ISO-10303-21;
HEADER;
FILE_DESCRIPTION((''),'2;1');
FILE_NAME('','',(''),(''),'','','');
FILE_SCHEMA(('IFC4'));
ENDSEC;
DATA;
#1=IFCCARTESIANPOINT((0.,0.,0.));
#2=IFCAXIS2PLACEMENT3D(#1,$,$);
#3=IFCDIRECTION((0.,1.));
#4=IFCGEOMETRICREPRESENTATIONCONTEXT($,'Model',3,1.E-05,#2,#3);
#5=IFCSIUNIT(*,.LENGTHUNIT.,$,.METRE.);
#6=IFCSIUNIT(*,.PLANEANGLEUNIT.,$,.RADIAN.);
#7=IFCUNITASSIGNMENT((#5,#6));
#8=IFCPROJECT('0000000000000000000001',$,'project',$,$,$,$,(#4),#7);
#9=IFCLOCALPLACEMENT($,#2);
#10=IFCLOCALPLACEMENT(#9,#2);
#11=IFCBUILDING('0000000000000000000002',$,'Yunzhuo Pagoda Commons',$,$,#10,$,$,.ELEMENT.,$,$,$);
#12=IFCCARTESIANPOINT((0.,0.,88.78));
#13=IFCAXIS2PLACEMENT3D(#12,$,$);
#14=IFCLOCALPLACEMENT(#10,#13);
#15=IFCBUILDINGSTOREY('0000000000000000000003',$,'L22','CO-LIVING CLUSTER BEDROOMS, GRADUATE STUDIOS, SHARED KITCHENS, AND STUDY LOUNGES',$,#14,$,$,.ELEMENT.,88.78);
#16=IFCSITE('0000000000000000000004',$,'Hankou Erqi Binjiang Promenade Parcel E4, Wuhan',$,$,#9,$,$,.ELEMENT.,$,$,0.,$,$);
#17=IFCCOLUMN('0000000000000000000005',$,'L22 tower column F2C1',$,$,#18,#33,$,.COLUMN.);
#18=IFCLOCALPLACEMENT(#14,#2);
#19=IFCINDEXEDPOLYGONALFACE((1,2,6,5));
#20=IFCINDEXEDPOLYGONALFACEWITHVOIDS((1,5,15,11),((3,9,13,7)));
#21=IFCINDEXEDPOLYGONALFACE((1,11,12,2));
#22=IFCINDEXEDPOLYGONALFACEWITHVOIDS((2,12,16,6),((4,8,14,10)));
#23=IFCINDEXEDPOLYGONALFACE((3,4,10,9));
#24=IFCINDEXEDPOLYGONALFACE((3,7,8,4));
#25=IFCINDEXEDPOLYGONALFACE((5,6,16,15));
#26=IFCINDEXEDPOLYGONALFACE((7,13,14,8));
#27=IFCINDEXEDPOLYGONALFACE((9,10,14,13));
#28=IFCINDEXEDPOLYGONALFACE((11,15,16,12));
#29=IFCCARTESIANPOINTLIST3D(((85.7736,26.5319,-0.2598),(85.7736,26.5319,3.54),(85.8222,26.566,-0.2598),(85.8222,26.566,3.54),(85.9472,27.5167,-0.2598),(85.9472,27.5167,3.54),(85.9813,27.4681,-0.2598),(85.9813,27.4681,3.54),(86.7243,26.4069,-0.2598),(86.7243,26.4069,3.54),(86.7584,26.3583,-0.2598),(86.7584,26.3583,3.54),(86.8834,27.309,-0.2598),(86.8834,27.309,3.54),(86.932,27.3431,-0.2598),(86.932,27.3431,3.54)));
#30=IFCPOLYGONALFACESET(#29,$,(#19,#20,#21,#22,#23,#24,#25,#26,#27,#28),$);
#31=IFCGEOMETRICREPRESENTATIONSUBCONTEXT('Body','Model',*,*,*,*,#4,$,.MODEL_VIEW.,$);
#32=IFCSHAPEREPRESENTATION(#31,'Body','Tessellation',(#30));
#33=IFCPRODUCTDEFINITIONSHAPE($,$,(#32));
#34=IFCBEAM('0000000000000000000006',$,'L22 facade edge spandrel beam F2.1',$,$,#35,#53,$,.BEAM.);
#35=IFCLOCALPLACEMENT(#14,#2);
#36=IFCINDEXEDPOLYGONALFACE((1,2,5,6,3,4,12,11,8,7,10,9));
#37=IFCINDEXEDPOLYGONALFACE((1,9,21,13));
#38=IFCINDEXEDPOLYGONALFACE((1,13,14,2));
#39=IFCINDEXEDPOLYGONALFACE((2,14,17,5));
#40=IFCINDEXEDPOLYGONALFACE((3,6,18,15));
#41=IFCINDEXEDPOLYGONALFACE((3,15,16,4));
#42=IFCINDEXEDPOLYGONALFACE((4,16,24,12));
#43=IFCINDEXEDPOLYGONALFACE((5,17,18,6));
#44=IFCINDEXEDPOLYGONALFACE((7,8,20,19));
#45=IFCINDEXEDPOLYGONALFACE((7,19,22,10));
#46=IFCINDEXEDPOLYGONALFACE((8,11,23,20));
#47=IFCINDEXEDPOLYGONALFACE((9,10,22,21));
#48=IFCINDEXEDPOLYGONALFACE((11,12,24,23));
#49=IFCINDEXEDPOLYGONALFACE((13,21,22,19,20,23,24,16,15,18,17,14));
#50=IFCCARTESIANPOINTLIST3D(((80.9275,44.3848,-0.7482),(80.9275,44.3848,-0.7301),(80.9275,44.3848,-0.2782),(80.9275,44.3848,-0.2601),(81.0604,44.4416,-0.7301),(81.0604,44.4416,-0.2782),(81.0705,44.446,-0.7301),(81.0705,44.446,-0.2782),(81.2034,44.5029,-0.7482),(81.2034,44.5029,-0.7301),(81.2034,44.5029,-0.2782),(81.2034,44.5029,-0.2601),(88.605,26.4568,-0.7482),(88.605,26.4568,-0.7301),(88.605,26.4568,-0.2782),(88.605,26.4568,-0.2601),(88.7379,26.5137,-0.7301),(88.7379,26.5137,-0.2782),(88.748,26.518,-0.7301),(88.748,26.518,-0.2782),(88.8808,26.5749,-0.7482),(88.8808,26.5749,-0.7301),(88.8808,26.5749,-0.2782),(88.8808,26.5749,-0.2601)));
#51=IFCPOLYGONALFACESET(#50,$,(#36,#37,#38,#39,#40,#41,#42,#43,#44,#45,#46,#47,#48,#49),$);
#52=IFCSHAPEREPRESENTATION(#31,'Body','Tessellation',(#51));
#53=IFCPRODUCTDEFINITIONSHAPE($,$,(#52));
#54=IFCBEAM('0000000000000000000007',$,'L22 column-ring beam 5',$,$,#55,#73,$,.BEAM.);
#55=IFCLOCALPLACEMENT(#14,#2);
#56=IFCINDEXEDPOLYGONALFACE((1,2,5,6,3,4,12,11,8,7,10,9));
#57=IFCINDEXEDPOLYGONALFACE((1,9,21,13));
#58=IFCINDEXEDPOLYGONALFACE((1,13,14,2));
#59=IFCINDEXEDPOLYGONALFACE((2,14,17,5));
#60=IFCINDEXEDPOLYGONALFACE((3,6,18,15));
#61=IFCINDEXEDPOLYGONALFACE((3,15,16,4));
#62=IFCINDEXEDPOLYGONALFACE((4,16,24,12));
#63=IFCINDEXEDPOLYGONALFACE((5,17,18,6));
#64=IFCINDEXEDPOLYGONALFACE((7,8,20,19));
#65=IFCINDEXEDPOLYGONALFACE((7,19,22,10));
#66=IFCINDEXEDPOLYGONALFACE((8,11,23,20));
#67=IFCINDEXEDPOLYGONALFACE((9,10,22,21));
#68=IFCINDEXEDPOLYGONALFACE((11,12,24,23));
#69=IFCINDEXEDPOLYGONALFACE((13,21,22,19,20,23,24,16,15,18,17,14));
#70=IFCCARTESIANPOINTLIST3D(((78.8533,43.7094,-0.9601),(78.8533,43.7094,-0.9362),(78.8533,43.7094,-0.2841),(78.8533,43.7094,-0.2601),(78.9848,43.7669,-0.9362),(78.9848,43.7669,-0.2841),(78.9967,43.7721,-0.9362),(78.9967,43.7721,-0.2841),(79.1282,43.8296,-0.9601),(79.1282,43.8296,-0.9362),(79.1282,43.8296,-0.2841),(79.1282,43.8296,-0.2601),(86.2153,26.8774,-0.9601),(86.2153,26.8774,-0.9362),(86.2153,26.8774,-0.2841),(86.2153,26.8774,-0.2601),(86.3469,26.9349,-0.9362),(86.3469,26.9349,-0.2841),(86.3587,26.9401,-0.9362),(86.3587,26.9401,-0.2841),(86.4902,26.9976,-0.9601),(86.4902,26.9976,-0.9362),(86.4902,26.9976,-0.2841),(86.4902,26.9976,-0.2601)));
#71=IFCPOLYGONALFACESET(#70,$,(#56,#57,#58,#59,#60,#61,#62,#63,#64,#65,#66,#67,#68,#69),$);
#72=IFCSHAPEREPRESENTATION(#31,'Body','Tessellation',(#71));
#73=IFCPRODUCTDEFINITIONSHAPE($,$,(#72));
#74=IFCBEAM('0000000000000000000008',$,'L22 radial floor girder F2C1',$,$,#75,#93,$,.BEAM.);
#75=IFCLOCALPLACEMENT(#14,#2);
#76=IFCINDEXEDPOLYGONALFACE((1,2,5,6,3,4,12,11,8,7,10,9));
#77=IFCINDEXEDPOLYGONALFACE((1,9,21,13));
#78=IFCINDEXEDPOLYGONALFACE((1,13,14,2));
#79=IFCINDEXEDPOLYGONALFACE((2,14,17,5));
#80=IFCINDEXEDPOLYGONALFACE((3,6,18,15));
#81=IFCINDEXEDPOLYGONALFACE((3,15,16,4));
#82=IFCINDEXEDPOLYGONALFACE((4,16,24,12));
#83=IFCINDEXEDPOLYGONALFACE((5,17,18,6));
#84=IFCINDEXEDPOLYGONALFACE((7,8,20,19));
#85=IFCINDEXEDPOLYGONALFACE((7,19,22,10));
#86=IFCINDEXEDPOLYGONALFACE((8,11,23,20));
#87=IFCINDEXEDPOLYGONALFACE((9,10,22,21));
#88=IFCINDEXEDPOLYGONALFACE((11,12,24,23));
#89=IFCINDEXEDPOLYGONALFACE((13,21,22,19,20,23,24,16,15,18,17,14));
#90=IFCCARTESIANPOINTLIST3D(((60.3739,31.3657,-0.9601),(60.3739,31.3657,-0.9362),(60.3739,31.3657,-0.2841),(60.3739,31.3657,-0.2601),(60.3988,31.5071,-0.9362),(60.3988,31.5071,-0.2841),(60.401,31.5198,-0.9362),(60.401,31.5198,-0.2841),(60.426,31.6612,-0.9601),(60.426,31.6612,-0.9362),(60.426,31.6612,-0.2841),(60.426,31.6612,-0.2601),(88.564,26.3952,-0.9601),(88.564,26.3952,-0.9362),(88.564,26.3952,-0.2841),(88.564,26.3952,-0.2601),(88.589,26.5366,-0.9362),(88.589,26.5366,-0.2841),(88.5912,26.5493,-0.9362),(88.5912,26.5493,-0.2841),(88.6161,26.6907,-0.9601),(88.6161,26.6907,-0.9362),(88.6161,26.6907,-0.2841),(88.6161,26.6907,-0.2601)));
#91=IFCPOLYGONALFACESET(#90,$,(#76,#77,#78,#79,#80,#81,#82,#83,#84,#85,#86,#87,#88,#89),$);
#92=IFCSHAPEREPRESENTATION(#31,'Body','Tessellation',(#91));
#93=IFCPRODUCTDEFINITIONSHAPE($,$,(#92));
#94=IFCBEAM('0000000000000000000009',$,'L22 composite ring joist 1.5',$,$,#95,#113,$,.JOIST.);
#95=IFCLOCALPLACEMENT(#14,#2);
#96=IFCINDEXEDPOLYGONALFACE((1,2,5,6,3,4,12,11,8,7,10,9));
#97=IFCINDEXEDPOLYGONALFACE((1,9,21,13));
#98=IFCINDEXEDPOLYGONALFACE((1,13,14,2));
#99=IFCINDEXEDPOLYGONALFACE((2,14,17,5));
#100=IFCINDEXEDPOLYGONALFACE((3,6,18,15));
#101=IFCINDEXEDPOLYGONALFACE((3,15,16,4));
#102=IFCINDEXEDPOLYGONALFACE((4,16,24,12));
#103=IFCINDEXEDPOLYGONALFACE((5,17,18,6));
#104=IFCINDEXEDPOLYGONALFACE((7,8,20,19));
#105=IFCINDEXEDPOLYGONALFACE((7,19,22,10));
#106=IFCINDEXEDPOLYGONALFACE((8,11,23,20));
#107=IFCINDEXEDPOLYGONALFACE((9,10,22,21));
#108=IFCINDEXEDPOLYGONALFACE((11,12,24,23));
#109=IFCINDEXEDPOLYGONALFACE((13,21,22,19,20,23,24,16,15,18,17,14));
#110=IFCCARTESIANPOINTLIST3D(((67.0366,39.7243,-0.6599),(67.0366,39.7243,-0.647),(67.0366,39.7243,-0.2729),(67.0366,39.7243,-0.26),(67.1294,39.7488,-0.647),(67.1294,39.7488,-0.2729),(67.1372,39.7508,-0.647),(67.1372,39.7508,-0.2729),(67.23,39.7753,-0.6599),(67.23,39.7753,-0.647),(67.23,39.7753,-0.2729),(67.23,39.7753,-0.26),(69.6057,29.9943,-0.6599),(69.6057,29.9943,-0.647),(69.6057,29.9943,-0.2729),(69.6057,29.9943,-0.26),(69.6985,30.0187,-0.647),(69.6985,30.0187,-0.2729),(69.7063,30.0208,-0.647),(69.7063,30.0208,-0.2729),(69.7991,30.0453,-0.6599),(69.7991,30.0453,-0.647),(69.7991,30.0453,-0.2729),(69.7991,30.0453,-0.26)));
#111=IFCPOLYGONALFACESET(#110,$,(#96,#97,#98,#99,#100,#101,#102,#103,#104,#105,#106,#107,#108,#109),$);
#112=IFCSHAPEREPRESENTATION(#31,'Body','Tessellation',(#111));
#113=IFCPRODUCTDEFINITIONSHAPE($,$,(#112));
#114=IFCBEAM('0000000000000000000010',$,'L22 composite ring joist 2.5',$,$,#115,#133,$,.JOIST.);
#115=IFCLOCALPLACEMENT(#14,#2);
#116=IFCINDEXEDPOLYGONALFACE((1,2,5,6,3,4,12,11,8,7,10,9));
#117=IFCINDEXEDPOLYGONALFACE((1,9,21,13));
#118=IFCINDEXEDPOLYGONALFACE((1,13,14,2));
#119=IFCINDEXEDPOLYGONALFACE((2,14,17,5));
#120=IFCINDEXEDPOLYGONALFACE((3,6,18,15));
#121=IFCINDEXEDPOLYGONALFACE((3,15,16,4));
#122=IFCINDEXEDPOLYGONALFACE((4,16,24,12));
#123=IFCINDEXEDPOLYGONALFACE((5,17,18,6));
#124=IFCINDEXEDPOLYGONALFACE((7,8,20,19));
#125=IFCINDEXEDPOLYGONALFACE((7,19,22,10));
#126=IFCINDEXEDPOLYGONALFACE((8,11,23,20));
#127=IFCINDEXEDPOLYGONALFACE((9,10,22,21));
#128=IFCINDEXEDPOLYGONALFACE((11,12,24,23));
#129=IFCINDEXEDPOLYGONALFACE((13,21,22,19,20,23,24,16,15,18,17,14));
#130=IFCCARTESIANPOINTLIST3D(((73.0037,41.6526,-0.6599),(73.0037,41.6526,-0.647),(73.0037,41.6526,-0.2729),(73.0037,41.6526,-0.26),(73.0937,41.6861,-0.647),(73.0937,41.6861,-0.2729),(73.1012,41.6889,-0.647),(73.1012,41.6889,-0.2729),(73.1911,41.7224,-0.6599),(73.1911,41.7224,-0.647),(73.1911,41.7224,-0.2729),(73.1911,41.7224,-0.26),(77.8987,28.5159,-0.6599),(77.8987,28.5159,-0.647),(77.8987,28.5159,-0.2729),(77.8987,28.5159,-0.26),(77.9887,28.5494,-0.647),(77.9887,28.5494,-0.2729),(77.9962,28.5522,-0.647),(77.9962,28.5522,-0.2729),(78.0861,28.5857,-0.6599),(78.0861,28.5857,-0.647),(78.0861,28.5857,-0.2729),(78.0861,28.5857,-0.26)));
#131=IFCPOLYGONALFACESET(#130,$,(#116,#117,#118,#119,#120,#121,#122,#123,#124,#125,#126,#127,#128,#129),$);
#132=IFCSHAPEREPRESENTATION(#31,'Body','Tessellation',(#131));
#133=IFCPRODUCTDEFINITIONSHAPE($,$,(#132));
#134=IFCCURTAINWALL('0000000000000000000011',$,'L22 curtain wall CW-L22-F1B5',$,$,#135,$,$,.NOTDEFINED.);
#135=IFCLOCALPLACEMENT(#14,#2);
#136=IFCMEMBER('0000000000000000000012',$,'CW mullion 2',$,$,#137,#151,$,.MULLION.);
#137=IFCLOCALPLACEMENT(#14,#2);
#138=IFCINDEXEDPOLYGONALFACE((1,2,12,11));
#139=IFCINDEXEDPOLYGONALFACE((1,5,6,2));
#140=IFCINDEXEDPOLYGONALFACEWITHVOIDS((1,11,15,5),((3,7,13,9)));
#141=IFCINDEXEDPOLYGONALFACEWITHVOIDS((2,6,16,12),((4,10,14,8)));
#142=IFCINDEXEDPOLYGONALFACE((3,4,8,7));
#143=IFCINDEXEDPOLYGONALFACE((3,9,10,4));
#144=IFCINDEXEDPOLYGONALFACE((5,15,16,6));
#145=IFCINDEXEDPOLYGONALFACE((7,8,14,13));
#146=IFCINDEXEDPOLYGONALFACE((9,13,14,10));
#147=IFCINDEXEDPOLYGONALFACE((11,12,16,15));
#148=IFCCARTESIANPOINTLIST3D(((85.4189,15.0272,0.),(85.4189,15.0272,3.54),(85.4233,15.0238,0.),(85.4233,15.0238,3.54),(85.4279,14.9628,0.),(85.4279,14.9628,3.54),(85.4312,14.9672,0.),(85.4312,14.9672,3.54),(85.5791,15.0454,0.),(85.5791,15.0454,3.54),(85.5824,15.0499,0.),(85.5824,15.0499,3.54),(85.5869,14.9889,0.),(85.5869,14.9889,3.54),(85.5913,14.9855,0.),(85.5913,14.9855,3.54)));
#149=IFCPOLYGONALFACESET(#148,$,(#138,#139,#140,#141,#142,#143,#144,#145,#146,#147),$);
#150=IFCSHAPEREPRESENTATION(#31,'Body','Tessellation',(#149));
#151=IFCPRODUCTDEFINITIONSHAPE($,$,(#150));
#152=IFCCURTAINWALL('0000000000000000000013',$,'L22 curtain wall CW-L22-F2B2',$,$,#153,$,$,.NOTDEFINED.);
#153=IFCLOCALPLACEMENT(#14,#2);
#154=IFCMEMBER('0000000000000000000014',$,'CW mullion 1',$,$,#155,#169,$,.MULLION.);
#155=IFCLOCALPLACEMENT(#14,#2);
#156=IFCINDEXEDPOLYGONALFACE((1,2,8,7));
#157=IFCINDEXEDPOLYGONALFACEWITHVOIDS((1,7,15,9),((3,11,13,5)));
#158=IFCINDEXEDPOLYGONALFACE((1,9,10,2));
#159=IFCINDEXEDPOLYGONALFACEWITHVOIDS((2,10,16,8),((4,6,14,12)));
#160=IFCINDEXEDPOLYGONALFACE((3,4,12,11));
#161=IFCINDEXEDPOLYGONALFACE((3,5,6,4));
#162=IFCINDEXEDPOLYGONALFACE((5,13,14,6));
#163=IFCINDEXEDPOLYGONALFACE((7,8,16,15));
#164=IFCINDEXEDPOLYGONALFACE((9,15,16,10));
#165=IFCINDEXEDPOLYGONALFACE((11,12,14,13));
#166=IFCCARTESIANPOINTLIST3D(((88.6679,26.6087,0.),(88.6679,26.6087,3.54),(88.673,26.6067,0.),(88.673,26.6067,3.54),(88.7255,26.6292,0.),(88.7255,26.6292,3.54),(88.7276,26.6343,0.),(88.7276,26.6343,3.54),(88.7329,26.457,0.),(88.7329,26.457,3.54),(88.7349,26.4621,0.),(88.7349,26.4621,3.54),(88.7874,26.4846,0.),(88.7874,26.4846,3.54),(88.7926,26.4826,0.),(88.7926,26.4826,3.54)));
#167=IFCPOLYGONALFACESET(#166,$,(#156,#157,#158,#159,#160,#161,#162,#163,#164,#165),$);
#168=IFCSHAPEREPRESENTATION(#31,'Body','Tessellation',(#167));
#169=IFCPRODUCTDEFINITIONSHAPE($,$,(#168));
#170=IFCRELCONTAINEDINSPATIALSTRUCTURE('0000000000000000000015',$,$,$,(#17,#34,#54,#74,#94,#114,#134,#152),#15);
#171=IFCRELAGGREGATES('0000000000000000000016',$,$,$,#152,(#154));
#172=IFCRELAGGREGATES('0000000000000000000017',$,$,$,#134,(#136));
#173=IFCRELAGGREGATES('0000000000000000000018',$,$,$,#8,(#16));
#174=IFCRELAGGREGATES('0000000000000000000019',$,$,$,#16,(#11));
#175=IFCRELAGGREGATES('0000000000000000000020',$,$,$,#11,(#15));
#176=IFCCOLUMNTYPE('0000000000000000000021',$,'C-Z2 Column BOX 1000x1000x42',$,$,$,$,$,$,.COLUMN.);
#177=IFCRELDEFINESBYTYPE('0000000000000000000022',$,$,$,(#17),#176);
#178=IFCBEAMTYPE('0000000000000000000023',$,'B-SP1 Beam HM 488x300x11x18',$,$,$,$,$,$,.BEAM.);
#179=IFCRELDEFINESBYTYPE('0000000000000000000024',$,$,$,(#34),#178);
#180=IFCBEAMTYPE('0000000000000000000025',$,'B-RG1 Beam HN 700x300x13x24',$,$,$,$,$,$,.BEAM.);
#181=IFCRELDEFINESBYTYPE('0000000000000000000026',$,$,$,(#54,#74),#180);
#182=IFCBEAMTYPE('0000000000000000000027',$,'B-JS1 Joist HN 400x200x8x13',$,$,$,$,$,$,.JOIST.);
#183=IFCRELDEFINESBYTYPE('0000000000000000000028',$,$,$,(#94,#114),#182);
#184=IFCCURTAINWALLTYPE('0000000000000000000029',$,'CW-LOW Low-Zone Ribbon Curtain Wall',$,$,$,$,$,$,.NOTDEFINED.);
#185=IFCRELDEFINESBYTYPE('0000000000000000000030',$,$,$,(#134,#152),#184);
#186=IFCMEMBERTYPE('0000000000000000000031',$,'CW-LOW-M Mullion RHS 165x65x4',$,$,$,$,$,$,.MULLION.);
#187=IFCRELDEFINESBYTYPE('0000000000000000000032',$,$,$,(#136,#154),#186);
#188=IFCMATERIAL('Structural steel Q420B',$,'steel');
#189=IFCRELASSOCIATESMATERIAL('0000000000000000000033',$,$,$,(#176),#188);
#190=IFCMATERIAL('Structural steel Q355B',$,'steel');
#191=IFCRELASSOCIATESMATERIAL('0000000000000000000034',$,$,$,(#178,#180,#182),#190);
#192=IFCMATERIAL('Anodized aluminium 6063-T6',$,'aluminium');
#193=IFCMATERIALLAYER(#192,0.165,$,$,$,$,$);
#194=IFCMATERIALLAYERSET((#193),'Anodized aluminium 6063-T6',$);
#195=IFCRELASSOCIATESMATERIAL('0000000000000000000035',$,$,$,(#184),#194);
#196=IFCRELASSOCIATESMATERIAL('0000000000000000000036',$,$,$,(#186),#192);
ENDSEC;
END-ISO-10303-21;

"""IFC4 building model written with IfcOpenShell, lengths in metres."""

from ifc_helpers import new_model, si_unit, direction, frame, origin, origin_2d, place, context, subcontext, project, spatial, hollow_rectangle, i_section, extrude, source, transform, mapped, material, layer, layer_set, material_profile, profile_set, type_object, element, aggregate, save


model = new_model("IFC4")

# Units and contexts
model_context = context("Model", 3, precision=1e-05, world=origin(), true_north=direction((0.0, 1.0)))
body_context = subcontext(model_context, "Body", "Model", "MODEL_VIEW")
ifc_project = project(units=[si_unit("LENGTHUNIT", "METRE"), si_unit("PLANEANGLEUNIT", "RADIAN")], contexts=[model_context])

# Site, building, storey
site_placement = place(None, origin())
site = spatial("IfcSite", under=ifc_project, at=site_placement, Name="Hankou Erqi Binjiang Promenade Parcel E4, Wuhan", CompositionType="ELEMENT", RefElevation=0.0)
building_placement = place(site_placement, origin())
building = spatial("IfcBuilding", under=site, at=building_placement, Name="Yunzhuo Pagoda Commons", CompositionType="ELEMENT")
storey_placement = place(building_placement, frame((0.0, 0.0, 88.78)))
storey = spatial("IfcBuildingStorey", under=building, at=storey_placement, Name="L22", Description="CO-LIVING CLUSTER BEDROOMS, GRADUATE STUDIOS, SHARED KITCHENS, AND STUDY LOUNGES", CompositionType="ELEMENT", Elevation=88.78)

# Column
ifc_material_1 = material(Name="Structural steel Q420B", Category="steel")
ifc_material_profile_1 = material_profile(ifc_material_1, hollow_rectangle(XDim=1.0, YDim=1.0, WallThickness=0.042, at=origin_2d()), Name="Structural steel Q420B")
ifc_profile_set_1 = profile_set([ifc_material_profile_1], Name="Structural steel Q420B")
column_type = type_object("IfcColumnType", Name="C-Z2 Column BOX 1000x1000x42", PredefinedType="COLUMN", material=ifc_profile_set_1)
shared_shape_1 = source(origin(), body_context, "Body", "SweptSolid", [
    extrude(hollow_rectangle(XDim=1.0, YDim=1.0, WallThickness=0.042, at=origin_2d()), origin(), (0.0, 0.0, 1.0), 3.7998),
])
column_placement = place(storey_placement, frame((86.3528, 26.9375, -0.2598), z_axis=(0.0, 0.0, 1.0), x_axis=(0.173648, 0.984808, 0.0)))
element("IfcColumn", 1, at=column_placement, inside=storey, type_object=column_type, Name="L22 tower column F2C1", PredefinedType="COLUMN", context=body_context, shape_type="MappedRepresentation", body=[
    mapped(shared_shape_1, transform((0.0, 0.0, 0.0), scale=1.0)),
])

# Beams
ifc_material_2 = material(Name="Structural steel Q355B", Category="steel")
ifc_material_profile_2 = material_profile(ifc_material_2, i_section(OverallWidth=0.3, OverallDepth=0.488, WebThickness=0.011, FlangeThickness=0.0181, at=origin_2d()), Name="Structural steel Q355B")
ifc_profile_set_2 = profile_set([ifc_material_profile_2], Name="Structural steel Q355B")
beam_type_1 = type_object("IfcBeamType", Name="B-SP1 Beam HM 488x300x11x18", PredefinedType="BEAM", material=ifc_profile_set_2)
shared_shape_2 = source(origin(), body_context, "Body", "SweptSolid", [
    extrude(i_section(OverallWidth=0.3, OverallDepth=0.488, WebThickness=0.011, FlangeThickness=0.0181, at=origin_2d()), origin(), (0.0, 0.0, 1.0), 19.5027),
])
beam_1_placement = place(storey_placement, frame((88.7429, 26.5159, -0.5042), z_axis=(-0.393662, 0.919255, 0.0), x_axis=(-0.919255, -0.393662, 0.0)))
element("IfcBeam", 2, at=beam_1_placement, inside=storey, type_object=beam_type_1, Name="L22 facade edge spandrel beam F2.1", PredefinedType="BEAM", context=body_context, shape_type="MappedRepresentation", body=[
    mapped(shared_shape_2, transform((0.0, 0.0, 0.0), scale=1.0)),
])
ifc_material_profile_3 = material_profile(ifc_material_2, i_section(OverallWidth=0.3, OverallDepth=0.7, WebThickness=0.0129, FlangeThickness=0.0239, at=origin_2d()), Name="Structural steel Q355B")
ifc_profile_set_3 = profile_set([ifc_material_profile_3], Name="Structural steel Q355B")
beam_type_2 = type_object("IfcBeamType", Name="B-RG1 Beam HN 700x300x13x24", PredefinedType="BEAM", material=ifc_profile_set_3)
shared_shape_3 = source(origin(), body_context, "Body", "SweptSolid", [
    extrude(i_section(OverallWidth=0.3, OverallDepth=0.7, WebThickness=0.0129, FlangeThickness=0.0239, at=origin_2d()), origin(), (0.0, 0.0, 1.0), 18.3716),
])
beam_2_placement = place(storey_placement, frame((86.3528, 26.9375, -0.6101), z_axis=(-0.40073, 0.916196, 0.0), x_axis=(-0.916196, -0.40073, 0.0)))
element("IfcBeam", 3, at=beam_2_placement, inside=storey, type_object=beam_type_2, Name="L22 column-ring beam 5", PredefinedType="BEAM", context=body_context, shape_type="MappedRepresentation", body=[
    mapped(shared_shape_3, transform((0.0, 0.0, 0.0), scale=1.0)),
])
shared_shape_4 = source(origin(), body_context, "Body", "SweptSolid", [
    extrude(i_section(OverallWidth=0.3, OverallDepth=0.7, WebThickness=0.0129, FlangeThickness=0.0239, at=origin_2d()), origin(), (0.0, 0.0, 1.0), 28.625),
])
beam_3_placement = place(storey_placement, frame((88.5901, 26.543, -0.6101), z_axis=(-0.984809, 0.17364, 0.0), x_axis=(-0.17364, -0.984809, 0.0)))
element("IfcBeam", 4, at=beam_3_placement, inside=storey, type_object=beam_type_2, Name="L22 radial floor girder F2C1", PredefinedType="BEAM", context=body_context, shape_type="MappedRepresentation", body=[
    mapped(shared_shape_4, transform((0.0, 0.0, 0.0), scale=1.0)),
])
ifc_material_profile_4 = material_profile(ifc_material_2, i_section(OverallWidth=0.2, OverallDepth=0.3999, WebThickness=0.0081, FlangeThickness=0.0129, at=origin_2d()), Name="Structural steel Q355B")
ifc_profile_set_4 = profile_set([ifc_material_profile_4], Name="Structural steel Q355B")
beam_type_3 = type_object("IfcBeamType", Name="B-JS1 Joist HN 400x200x8x13", PredefinedType="JOIST", material=ifc_profile_set_4)
shared_shape_5 = source(origin(), body_context, "Body", "SweptSolid", [
    extrude(i_section(OverallWidth=0.2, OverallDepth=0.3999, WebThickness=0.0081, FlangeThickness=0.0129, at=origin_2d()), origin(), (0.0, 0.0, 1.0), 10.0635),
])
beam_4_placement = place(storey_placement, frame((69.7024, 30.0198, -0.46), z_axis=(-0.25529, 0.966865, 0.0), x_axis=(-0.966865, -0.25529, 0.0)))
element("IfcBeam", 5, at=beam_4_placement, inside=storey, type_object=beam_type_3, Name="L22 composite ring joist 1.5", PredefinedType="JOIST", context=body_context, shape_type="MappedRepresentation", body=[
    mapped(shared_shape_5, transform((0.0, 0.0, 0.0), scale=1.0)),
])
shared_shape_6 = source(origin(), body_context, "Body", "SweptSolid", [
    extrude(i_section(OverallWidth=0.2, OverallDepth=0.3999, WebThickness=0.0081, FlangeThickness=0.0129, at=origin_2d()), origin(), (0.0, 0.0, 1.0), 14.019),
])
beam_5_placement = place(storey_placement, frame((77.9924, 28.5508, -0.46), z_axis=(-0.349168, 0.93706, 0.0), x_axis=(-0.93706, -0.349168, 0.0)))
element("IfcBeam", 6, at=beam_5_placement, inside=storey, type_object=beam_type_3, Name="L22 composite ring joist 2.5", PredefinedType="JOIST", context=body_context, shape_type="MappedRepresentation", body=[
    mapped(shared_shape_6, transform((0.0, 0.0, 0.0), scale=1.0)),
])

# Curtain walls, members
ifc_material_3 = material(Name="Anodized aluminium 6063-T6", Category="aluminium")
ifc_layer_1 = layer(ifc_material_3, 0.165)
ifc_layer_set_1 = layer_set([ifc_layer_1], Name="Anodized aluminium 6063-T6")
curtain_wall_type = type_object("IfcCurtainWallType", Name="CW-LOW Low-Zone Ribbon Curtain Wall", PredefinedType="NOTDEFINED", material=ifc_layer_set_1)
curtain_wall_1_placement = place(storey_placement, origin())
curtain_wall_1 = element("IfcCurtainWall", 7, at=curtain_wall_1_placement, inside=storey, type_object=curtain_wall_type, Name="L22 curtain wall CW-L22-F1B5", PredefinedType="NOTDEFINED")
ifc_material_profile_5 = material_profile(ifc_material_3, hollow_rectangle(XDim=0.0649, YDim=0.165, WallThickness=0.0039, at=origin_2d()), Name="Anodized aluminium 6063-T6")
ifc_profile_set_5 = profile_set([ifc_material_profile_5], Name="Anodized aluminium 6063-T6")
member_type_1 = type_object("IfcMemberType", Name="CW-LOW-M Mullion RHS 165x65x4", PredefinedType="MULLION", material=ifc_profile_set_5)
shared_shape_7 = source(origin(), body_context, "Body", "SweptSolid", [
    extrude(hollow_rectangle(XDim=0.0649, YDim=0.165, WallThickness=0.0039, at=origin_2d()), origin(), (0.0, 0.0, 1.0), 3.54),
])
member_1_placement = place(storey_placement, frame((85.5051, 15.0063, 0.0), z_axis=(0.0, 0.0, 1.0), x_axis=(-0.137496, 0.990502, 0.0)))
member_1 = element("IfcMember", 8, at=member_1_placement, type_object=member_type_1, Name="CW mullion 2", PredefinedType="MULLION", context=body_context, shape_type="MappedRepresentation", body=[
    mapped(shared_shape_7, transform((0.0, 0.0, 0.0), scale=1.0)),
])
curtain_wall_2_placement = place(storey_placement, origin())
curtain_wall_2 = element("IfcCurtainWall", 9, at=curtain_wall_2_placement, inside=storey, type_object=curtain_wall_type, Name="L22 curtain wall CW-L22-F2B2", PredefinedType="NOTDEFINED")
member_2_placement = place(storey_placement, frame((88.7302, 26.5457, 0.0), z_axis=(0.0, 0.0, 1.0), x_axis=(-0.91925, -0.393674, 0.0)))
member_2 = element("IfcMember", 10, at=member_2_placement, type_object=member_type_1, Name="CW mullion 1", PredefinedType="MULLION", context=body_context, shape_type="MappedRepresentation", body=[
    mapped(shared_shape_7, transform((0.0, 0.0, 0.0), scale=1.0)),
])

aggregate(curtain_wall_2, [member_2])
aggregate(curtain_wall_1, [member_1])

save(model, "model.ifc")
